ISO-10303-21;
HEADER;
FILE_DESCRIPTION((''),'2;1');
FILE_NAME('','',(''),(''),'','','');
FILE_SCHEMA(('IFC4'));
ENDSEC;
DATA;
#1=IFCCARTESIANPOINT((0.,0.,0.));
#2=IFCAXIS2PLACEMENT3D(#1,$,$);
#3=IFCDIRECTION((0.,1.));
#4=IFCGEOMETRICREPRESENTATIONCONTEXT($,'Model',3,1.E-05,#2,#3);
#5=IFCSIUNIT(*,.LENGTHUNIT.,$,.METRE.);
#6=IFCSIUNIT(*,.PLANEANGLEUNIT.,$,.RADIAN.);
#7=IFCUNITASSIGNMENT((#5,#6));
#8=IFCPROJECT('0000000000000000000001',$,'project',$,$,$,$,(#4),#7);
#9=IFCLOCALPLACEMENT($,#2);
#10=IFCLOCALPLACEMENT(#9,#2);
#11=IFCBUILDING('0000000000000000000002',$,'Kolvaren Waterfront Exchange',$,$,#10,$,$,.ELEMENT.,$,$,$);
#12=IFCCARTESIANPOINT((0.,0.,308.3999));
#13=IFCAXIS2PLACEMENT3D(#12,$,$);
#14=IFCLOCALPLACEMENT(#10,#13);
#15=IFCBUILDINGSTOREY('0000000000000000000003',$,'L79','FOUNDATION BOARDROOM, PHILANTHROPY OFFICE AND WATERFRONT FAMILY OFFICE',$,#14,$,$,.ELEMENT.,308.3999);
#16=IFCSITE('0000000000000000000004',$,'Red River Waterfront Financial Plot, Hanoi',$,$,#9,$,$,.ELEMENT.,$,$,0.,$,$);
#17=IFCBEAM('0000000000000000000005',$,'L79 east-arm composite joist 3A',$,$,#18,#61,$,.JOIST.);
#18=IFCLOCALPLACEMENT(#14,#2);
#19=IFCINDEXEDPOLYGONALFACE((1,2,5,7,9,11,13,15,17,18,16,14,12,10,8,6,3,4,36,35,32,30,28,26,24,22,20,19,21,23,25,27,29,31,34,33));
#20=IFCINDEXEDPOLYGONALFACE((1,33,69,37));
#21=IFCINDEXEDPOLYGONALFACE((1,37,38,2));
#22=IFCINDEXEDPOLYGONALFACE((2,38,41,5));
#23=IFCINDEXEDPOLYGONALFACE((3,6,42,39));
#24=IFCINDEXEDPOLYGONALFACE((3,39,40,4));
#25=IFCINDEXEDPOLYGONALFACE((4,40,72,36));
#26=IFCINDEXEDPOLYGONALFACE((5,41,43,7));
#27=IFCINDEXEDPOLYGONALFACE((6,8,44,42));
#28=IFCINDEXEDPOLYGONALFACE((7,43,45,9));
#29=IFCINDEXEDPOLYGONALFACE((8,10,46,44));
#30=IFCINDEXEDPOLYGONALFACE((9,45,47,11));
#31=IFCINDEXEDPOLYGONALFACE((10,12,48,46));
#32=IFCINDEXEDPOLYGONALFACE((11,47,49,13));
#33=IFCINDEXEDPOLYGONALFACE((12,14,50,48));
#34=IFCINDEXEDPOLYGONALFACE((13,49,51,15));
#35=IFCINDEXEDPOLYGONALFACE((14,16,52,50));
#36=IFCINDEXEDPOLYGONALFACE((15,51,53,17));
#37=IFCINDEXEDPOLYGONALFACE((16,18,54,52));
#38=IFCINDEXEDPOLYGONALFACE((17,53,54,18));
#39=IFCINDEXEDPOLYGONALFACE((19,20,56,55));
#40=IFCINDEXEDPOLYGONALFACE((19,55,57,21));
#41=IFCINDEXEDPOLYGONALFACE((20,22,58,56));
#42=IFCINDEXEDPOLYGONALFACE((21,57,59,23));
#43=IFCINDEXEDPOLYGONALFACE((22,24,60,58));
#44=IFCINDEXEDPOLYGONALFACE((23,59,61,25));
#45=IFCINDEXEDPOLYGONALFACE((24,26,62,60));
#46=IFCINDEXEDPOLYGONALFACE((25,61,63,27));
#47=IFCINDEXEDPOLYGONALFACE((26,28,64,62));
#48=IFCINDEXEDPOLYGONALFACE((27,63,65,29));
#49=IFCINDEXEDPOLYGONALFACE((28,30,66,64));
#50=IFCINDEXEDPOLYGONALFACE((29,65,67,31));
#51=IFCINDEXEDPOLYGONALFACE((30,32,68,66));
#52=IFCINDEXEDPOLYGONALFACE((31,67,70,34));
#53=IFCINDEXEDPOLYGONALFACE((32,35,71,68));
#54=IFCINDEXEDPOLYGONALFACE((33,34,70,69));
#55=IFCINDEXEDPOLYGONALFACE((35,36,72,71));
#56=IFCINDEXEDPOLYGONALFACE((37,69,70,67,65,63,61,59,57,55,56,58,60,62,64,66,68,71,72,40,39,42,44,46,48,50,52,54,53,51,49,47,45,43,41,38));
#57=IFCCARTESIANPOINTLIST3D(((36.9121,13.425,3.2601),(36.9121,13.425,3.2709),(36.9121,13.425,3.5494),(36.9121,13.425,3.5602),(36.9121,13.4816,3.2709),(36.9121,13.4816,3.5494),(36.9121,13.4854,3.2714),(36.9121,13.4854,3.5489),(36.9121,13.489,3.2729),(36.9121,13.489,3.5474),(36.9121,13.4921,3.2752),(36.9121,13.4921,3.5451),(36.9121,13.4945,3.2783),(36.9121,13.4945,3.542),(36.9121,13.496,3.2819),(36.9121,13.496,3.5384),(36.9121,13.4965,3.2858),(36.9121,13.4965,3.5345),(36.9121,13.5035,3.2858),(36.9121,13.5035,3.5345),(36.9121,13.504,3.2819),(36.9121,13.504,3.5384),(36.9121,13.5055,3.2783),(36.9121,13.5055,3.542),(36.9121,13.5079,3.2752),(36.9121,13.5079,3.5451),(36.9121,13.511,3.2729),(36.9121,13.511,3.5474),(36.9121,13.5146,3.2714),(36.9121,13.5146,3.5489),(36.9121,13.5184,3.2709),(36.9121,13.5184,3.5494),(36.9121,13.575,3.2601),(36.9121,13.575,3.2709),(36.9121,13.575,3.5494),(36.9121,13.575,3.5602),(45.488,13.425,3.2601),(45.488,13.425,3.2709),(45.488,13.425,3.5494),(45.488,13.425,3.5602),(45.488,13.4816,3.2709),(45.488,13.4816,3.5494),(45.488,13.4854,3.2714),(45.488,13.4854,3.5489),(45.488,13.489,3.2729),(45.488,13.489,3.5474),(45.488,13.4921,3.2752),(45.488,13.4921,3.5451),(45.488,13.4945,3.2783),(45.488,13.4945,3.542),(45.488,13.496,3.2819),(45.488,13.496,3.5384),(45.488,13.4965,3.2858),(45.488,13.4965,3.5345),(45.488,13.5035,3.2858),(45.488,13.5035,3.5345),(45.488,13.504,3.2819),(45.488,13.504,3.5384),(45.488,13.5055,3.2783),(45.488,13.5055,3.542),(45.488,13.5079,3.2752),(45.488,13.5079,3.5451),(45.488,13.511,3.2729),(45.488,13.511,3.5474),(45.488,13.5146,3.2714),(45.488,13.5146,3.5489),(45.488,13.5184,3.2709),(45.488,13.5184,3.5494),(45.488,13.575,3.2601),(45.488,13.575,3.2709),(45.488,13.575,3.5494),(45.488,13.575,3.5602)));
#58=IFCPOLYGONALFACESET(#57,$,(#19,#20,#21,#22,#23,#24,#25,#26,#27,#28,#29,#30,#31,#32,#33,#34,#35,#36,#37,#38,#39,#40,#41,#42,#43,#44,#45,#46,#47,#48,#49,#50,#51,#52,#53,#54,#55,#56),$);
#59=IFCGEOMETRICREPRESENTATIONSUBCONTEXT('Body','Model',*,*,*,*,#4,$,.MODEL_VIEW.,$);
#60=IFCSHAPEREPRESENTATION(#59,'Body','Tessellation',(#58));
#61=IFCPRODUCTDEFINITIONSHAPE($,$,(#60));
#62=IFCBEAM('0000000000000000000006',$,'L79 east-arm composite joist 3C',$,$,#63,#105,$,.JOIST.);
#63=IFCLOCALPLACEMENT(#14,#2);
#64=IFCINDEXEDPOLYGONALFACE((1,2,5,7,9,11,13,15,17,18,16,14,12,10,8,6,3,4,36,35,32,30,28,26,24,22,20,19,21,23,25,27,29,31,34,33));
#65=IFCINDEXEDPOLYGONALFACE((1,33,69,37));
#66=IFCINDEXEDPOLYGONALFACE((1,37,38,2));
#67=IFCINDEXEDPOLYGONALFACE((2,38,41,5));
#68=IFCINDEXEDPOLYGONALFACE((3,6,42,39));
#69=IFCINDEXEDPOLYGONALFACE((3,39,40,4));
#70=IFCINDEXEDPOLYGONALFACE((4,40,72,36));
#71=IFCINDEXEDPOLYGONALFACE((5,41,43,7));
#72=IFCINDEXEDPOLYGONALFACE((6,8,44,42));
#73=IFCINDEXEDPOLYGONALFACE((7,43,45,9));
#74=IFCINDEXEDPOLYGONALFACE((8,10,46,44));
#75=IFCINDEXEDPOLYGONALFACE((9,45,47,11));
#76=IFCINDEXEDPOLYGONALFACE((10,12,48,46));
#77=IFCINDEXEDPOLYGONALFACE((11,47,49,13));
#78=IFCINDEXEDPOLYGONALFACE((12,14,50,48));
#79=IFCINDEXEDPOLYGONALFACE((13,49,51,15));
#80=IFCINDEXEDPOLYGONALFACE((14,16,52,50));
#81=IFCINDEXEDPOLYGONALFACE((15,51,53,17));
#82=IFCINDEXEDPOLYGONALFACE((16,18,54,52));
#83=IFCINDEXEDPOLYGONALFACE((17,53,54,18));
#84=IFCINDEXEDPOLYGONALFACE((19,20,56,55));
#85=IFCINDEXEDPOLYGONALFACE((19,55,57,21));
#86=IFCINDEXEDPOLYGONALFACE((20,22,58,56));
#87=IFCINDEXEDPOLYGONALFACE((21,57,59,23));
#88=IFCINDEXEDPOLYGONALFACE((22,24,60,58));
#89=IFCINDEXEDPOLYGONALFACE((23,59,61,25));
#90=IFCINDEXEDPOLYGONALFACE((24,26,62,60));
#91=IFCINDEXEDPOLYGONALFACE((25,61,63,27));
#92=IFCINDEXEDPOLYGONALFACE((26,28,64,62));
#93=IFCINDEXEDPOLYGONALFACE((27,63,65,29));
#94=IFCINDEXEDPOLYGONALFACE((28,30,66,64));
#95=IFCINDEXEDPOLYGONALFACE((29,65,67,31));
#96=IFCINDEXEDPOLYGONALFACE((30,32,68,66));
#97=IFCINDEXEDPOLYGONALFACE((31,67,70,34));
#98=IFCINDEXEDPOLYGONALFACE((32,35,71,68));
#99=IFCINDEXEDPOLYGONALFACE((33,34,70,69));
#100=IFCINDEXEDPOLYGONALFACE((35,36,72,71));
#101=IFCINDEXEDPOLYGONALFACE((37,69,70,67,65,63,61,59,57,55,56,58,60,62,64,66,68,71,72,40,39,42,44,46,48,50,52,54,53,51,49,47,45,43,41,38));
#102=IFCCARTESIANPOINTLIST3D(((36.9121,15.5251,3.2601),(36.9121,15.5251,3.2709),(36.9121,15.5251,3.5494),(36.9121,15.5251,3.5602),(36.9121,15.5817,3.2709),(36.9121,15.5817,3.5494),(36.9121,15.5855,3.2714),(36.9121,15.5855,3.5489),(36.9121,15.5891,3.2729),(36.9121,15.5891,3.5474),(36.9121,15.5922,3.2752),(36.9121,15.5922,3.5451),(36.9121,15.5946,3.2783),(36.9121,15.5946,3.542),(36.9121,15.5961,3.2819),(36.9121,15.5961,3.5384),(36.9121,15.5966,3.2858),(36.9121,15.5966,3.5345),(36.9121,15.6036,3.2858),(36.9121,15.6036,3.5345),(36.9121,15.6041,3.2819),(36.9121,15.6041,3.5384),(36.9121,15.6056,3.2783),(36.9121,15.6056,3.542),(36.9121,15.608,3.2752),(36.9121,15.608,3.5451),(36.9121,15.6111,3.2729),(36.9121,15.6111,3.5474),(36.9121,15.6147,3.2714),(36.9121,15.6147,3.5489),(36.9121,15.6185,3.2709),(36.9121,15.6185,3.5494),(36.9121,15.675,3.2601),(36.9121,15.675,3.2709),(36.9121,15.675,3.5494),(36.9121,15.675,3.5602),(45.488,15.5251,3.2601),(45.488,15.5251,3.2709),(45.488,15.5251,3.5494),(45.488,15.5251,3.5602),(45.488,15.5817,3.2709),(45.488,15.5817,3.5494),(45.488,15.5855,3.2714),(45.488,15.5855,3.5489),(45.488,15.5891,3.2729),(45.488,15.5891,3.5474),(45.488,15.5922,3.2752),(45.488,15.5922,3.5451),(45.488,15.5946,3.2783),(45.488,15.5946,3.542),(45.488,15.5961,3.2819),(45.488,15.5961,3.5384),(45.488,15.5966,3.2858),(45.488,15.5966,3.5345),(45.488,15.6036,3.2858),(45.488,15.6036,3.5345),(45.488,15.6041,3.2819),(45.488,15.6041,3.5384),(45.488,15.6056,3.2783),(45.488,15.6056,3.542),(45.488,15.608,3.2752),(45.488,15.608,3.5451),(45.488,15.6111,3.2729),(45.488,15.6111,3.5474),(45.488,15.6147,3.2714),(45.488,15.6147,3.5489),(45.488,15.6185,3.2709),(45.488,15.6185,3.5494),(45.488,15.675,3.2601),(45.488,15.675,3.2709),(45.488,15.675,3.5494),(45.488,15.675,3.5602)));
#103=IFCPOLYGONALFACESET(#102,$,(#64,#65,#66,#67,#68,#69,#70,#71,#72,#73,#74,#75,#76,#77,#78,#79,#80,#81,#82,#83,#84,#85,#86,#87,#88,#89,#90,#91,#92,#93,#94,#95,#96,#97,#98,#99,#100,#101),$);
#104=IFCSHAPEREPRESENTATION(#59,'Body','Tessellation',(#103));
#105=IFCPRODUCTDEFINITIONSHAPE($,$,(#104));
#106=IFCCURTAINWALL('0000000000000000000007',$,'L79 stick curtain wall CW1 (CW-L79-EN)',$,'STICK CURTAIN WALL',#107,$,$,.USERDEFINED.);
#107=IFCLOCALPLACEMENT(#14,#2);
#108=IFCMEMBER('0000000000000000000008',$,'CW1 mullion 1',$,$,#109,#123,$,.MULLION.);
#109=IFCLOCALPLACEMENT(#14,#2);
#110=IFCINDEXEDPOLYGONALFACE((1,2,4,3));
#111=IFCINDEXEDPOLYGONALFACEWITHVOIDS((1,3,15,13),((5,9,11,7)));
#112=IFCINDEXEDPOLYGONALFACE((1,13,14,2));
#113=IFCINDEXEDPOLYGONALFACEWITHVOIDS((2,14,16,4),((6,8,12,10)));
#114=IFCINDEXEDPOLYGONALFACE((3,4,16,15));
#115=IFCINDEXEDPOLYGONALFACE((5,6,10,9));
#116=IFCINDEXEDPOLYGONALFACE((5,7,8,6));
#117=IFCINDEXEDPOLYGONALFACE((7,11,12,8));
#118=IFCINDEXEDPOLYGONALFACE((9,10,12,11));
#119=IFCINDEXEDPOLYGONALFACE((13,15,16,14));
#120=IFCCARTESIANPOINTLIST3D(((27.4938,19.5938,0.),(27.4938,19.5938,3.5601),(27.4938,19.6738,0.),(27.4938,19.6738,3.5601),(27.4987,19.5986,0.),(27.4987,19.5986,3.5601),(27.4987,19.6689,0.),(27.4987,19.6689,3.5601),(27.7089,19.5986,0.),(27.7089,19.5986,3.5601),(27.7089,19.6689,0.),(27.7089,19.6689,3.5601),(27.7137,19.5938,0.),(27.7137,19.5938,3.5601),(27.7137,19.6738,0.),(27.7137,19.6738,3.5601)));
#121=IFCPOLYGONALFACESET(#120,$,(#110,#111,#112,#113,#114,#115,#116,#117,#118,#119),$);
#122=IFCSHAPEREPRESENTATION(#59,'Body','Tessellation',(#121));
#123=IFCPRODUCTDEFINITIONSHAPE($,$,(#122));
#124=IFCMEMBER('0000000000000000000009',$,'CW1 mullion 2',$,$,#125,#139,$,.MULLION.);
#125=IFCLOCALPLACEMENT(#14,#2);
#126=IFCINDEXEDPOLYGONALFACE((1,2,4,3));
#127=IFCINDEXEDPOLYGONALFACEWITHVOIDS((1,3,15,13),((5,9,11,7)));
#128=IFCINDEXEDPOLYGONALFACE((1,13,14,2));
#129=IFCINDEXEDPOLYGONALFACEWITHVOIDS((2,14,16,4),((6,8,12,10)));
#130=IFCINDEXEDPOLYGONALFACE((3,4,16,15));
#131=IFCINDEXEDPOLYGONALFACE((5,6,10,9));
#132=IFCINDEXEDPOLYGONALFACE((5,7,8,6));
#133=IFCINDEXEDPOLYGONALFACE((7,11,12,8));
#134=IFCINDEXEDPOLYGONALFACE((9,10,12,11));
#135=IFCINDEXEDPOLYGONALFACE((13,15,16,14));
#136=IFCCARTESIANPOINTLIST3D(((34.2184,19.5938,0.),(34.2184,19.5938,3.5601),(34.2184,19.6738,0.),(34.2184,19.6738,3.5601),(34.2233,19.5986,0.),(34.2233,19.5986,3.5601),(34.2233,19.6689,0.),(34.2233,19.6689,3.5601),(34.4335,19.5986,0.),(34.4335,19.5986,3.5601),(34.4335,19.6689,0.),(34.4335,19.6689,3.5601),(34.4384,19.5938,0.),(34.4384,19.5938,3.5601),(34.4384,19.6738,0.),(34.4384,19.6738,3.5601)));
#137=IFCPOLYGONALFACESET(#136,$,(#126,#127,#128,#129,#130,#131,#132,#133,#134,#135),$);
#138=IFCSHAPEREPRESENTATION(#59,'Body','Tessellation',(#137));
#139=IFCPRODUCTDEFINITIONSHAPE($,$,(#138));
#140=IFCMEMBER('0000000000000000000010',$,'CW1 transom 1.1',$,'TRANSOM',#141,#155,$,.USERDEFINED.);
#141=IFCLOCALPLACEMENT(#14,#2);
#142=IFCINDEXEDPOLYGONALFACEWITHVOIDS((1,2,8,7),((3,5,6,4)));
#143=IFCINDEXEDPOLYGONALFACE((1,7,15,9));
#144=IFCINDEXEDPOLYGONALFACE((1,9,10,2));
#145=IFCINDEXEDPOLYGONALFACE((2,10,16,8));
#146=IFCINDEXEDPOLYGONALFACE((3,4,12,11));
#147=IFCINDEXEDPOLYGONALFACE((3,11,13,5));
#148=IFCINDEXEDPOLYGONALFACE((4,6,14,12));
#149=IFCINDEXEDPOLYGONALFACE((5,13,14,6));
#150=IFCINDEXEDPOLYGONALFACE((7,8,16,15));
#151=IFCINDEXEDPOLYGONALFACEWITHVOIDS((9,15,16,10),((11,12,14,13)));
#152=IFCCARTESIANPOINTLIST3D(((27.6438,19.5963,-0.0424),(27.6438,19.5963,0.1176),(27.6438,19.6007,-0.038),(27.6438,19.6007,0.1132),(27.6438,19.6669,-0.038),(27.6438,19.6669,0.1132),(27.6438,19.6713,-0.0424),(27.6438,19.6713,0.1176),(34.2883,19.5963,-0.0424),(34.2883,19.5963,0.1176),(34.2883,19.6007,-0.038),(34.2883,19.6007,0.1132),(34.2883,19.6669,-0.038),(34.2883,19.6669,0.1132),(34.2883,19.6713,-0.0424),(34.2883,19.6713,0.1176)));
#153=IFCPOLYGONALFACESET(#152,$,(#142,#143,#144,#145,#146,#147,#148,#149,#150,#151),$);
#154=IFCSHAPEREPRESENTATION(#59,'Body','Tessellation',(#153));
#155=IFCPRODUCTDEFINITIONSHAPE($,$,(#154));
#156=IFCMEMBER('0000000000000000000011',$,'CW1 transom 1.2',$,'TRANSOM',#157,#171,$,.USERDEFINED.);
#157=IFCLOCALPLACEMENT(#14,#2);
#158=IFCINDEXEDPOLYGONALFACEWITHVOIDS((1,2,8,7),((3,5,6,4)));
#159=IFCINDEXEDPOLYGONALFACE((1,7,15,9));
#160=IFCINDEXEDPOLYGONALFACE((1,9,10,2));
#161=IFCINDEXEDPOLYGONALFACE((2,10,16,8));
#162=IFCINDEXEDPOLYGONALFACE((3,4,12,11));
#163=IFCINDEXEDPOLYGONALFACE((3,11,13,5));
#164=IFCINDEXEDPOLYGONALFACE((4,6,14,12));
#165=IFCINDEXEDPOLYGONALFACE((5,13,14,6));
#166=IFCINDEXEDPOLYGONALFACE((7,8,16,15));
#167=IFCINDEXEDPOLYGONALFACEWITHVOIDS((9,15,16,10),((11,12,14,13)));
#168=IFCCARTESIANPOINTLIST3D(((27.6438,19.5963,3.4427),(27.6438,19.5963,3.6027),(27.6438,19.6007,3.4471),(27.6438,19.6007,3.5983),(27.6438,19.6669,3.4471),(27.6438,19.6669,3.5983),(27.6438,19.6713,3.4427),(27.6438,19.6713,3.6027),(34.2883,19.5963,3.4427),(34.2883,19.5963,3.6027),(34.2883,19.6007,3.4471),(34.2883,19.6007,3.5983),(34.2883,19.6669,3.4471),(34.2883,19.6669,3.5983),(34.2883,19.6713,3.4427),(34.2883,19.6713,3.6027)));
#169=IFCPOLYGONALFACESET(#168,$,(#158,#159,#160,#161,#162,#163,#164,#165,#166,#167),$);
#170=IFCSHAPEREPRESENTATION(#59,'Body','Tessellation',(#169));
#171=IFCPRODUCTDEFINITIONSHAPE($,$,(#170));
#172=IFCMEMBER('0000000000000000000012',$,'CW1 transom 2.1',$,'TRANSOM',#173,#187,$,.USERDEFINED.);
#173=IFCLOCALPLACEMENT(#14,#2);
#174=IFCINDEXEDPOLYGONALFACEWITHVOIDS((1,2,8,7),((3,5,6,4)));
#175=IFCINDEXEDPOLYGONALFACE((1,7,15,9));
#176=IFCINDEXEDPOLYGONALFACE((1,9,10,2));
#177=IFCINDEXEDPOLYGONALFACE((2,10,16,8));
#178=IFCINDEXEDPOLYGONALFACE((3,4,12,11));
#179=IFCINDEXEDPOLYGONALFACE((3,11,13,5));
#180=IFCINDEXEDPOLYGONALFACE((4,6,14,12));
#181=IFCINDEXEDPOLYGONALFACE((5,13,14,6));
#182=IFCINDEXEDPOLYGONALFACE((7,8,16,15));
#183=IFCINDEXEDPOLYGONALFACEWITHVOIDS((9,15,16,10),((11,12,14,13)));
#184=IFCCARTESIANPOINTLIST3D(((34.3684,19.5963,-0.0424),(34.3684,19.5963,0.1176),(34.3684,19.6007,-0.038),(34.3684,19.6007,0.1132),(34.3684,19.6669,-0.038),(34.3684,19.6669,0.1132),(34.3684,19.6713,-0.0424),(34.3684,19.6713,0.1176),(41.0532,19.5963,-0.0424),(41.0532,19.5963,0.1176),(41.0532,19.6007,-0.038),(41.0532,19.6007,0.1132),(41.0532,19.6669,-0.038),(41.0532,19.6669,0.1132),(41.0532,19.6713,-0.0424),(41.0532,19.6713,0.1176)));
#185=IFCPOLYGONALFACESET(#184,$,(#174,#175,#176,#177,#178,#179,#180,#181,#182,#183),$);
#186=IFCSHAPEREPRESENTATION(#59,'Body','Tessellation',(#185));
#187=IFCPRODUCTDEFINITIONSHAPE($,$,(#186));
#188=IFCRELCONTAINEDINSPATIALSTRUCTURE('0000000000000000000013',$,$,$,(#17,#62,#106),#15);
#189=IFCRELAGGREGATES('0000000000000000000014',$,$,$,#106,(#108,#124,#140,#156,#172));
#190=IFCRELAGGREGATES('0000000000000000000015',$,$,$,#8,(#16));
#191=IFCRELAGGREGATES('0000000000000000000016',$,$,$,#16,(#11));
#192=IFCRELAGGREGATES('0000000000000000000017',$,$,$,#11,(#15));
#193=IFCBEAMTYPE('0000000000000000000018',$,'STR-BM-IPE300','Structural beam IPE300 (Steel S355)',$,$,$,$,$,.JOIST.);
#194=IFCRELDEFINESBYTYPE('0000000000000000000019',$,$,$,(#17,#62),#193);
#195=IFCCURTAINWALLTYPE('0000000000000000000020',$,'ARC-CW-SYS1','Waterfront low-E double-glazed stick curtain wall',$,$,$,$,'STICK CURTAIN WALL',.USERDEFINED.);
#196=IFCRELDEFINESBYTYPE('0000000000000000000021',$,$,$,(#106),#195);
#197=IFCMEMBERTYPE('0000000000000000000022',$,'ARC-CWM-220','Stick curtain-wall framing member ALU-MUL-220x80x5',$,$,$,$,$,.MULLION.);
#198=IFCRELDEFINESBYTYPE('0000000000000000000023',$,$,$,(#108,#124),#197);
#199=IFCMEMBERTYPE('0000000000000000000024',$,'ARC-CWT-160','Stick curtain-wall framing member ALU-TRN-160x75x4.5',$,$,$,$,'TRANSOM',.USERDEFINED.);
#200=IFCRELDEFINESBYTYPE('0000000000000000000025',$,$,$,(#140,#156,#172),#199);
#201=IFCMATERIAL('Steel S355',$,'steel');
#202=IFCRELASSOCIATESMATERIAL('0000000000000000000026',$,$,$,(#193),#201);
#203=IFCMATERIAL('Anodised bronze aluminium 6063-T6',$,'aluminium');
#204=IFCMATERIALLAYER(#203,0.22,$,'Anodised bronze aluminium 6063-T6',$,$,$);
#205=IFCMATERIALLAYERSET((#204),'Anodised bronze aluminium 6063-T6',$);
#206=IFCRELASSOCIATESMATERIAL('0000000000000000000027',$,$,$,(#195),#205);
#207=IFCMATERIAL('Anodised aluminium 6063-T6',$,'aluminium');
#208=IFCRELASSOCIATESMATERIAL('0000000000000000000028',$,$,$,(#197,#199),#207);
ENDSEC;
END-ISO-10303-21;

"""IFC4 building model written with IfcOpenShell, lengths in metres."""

from ifc_helpers import new_model, si_unit, direction, frame, origin, origin_with_axes, origin_2d, place, context, subcontext, project, spatial, hollow_rectangle, i_section, extrude, source, transform, mapped, material, layer, layer_set, material_profile, profile_set, type_object, element, aggregate, save


model = new_model("IFC4")

# Units and contexts
model_context = context("Model", 3, precision=1e-05, world=origin(), true_north=direction((0.0, 1.0)))
body_context = subcontext(model_context, "Body", "Model", "MODEL_VIEW")
ifc_project = project(units=[si_unit("LENGTHUNIT", "METRE"), si_unit("PLANEANGLEUNIT", "RADIAN")], contexts=[model_context])

# Site, building, storey
site_placement = place(None, origin())
site = spatial("IfcSite", under=ifc_project, at=site_placement, Name="Red River Waterfront Financial Plot, Hanoi", CompositionType="ELEMENT", RefElevation=0.0)
building_placement = place(site_placement, origin())
building = spatial("IfcBuilding", under=site, at=building_placement, Name="Kolvaren Waterfront Exchange", CompositionType="ELEMENT")
storey_placement = place(building_placement, frame((0.0, 0.0, 308.3999)))
storey = spatial("IfcBuildingStorey", under=building, at=storey_placement, Name="L79", Description="FOUNDATION BOARDROOM, PHILANTHROPY OFFICE AND WATERFRONT FAMILY OFFICE", CompositionType="ELEMENT", Elevation=308.3999)

# Beams
ifc_material_1 = material(Name="Steel S355", Category="steel")
ifc_material_profile_1 = material_profile(ifc_material_1, i_section(OverallWidth=0.1499, OverallDepth=0.3, WebThickness=0.0071, FlangeThickness=0.0107, FilletRadius=0.0149, at=origin_2d()), Name="IPE300")
ifc_profile_set_1 = profile_set([ifc_material_profile_1], Name="Steel S355")
beam_type_1 = type_object("IfcBeamType", Name="STR-BM-IPE300", Description="Structural beam IPE300 (Steel S355)", PredefinedType="JOIST", material=ifc_profile_set_1)
for number, where, z_axis, x_axis, name in (
    (1, (36.9121, 13.5, 3.4102), (1.0, 0.0, 0.0), (0.0, 1.0, 0.0), "L79 east-arm composite joist 3A"),
    (2, (36.9121, 15.6001, 3.4102), (1.0, 0.0, 0.0), (0.0, 1.0, 0.0), "L79 east-arm composite joist 3C"),
):
    element("IfcBeam", number, at=place(storey_placement, frame(where, z_axis=z_axis, x_axis=x_axis)), inside=storey, type_object=beam_type_1, Name=name, PredefinedType="JOIST", context=body_context, shape_type="SweptSolid", body=[
        extrude(i_section(OverallWidth=0.1499, OverallDepth=0.3, WebThickness=0.0071, FlangeThickness=0.0107, FilletRadius=0.0149, at=origin_2d()), origin(), (0.0, 0.0, 1.0), 8.5759),
    ])

# Curtain wall, members
ifc_material_2 = material(Name="Anodised bronze aluminium 6063-T6", Category="aluminium")
ifc_layer_1 = layer(ifc_material_2, 0.22, Name="Anodised bronze aluminium 6063-T6")
ifc_layer_set_1 = layer_set([ifc_layer_1], Name="Anodised bronze aluminium 6063-T6")
curtain_wall_type = type_object("IfcCurtainWallType", Name="ARC-CW-SYS1", Description="Waterfront low-E double-glazed stick curtain wall", ElementType="STICK CURTAIN WALL", PredefinedType="USERDEFINED", material=ifc_layer_set_1)
curtain_wall_placement = place(storey_placement, origin())
curtain_wall = element("IfcCurtainWall", 3, at=curtain_wall_placement, inside=storey, type_object=curtain_wall_type, Name="L79 stick curtain wall CW1 (CW-L79-EN)", ObjectType="STICK CURTAIN WALL", PredefinedType="USERDEFINED")
ifc_material_3 = material(Name="Anodised aluminium 6063-T6", Category="aluminium")
ifc_material_profile_2 = material_profile(ifc_material_3, hollow_rectangle(XDim=0.0801, YDim=0.22, WallThickness=0.0049, at=origin_2d()), Name="ALU-MUL-220x80x5")
ifc_profile_set_2 = profile_set([ifc_material_profile_2], Name="Anodised aluminium 6063-T6")
member_type_1 = type_object("IfcMemberType", Name="ARC-CWM-220", Description="Stick curtain-wall framing member ALU-MUL-220x80x5", PredefinedType="MULLION", material=ifc_profile_set_2)
shared_shape_1 = source(origin_with_axes(), body_context, "Body", "SweptSolid", [
    extrude(hollow_rectangle(XDim=0.0801, YDim=0.22, WallThickness=0.0049, at=origin_2d()), origin(), (0.0, 0.0, 1.0), 3.5601),
])
member_1_placement = place(storey_placement, frame((27.6038, 19.6338, 0.0), z_axis=(0.0, 0.0, 1.0), x_axis=(0.0, 1.0, 0.0)))
member_1 = element("IfcMember", 4, at=member_1_placement, type_object=member_type_1, Name="CW1 mullion 1", PredefinedType="MULLION", context=body_context, shape_type="MappedRepresentation", body=[
    mapped(shared_shape_1, transform((0.0, 0.0, 0.0), x_axis=(1.0, 0.0, 0.0), y_axis=(0.0, 1.0, 0.0), z_axis=(0.0, 0.0, 1.0), scale=1.0)),
])
member_2_placement = place(storey_placement, frame((34.3284, 19.6338, 0.0), z_axis=(0.0, 0.0, 1.0), x_axis=(0.0, 1.0, 0.0)))
member_2 = element("IfcMember", 5, at=member_2_placement, type_object=member_type_1, Name="CW1 mullion 2", PredefinedType="MULLION", context=body_context, shape_type="MappedRepresentation", body=[
    mapped(shared_shape_1, transform((0.0, 0.0, 0.0), x_axis=(1.0, 0.0, 0.0), y_axis=(0.0, 1.0, 0.0), z_axis=(0.0, 0.0, 1.0), scale=1.0)),
])
ifc_material_profile_3 = material_profile(ifc_material_3, hollow_rectangle(XDim=0.075, YDim=0.1599, WallThickness=0.0044, at=origin_2d()), Name="ALU-TRN-160x75x4.5")
ifc_profile_set_3 = profile_set([ifc_material_profile_3], Name="Anodised aluminium 6063-T6")
member_type_2 = type_object("IfcMemberType", Name="ARC-CWT-160", Description="Stick curtain-wall framing member ALU-TRN-160x75x4.5", ElementType="TRANSOM", PredefinedType="USERDEFINED", material=ifc_profile_set_3)
shared_shape_2 = source(origin_with_axes(), body_context, "Body", "SweptSolid", [
    extrude(hollow_rectangle(XDim=0.075, YDim=0.1599, WallThickness=0.0044, at=origin_2d()), origin(), (0.0, 0.0, 1.0), 6.6445),
])
member_3_placement = place(storey_placement, frame((27.6438, 19.6338, 0.0376), z_axis=(1.0, 0.0, 0.0), x_axis=(0.0, 1.0, 0.0)))
member_3 = element("IfcMember", 6, at=member_3_placement, type_object=member_type_2, Name="CW1 transom 1.1", ObjectType="TRANSOM", PredefinedType="USERDEFINED", context=body_context, shape_type="MappedRepresentation", body=[
    mapped(shared_shape_2, transform((0.0, 0.0, 0.0), x_axis=(1.0, 0.0, 0.0), y_axis=(0.0, 1.0, 0.0), z_axis=(0.0, 0.0, 1.0), scale=1.0)),
])
member_4_placement = place(storey_placement, frame((27.6438, 19.6338, 3.5227), z_axis=(1.0, 0.0, 0.0), x_axis=(0.0, 1.0, 0.0)))
member_4 = element("IfcMember", 7, at=member_4_placement, type_object=member_type_2, Name="CW1 transom 1.2", ObjectType="TRANSOM", PredefinedType="USERDEFINED", context=body_context, shape_type="MappedRepresentation", body=[
    mapped(shared_shape_2, transform((0.0, 0.0, 0.0), x_axis=(1.0, 0.0, 0.0), y_axis=(0.0, 1.0, 0.0), z_axis=(0.0, 0.0, 1.0), scale=1.0)),
])
shared_shape_3 = source(origin_with_axes(), body_context, "Body", "SweptSolid", [
    extrude(hollow_rectangle(XDim=0.075, YDim=0.1599, WallThickness=0.0044, at=origin_2d()), origin(), (0.0, 0.0, 1.0), 6.6848),
])
member_5_placement = place(storey_placement, frame((34.3684, 19.6338, 0.0376), z_axis=(1.0, 0.0, 0.0), x_axis=(0.0, 1.0, 0.0)))
member_5 = element("IfcMember", 8, at=member_5_placement, type_object=member_type_2, Name="CW1 transom 2.1", ObjectType="TRANSOM", PredefinedType="USERDEFINED", context=body_context, shape_type="MappedRepresentation", body=[
    mapped(shared_shape_3, transform((0.0, 0.0, 0.0), x_axis=(1.0, 0.0, 0.0), y_axis=(0.0, 1.0, 0.0), z_axis=(0.0, 0.0, 1.0), scale=1.0)),
])
aggregate(curtain_wall, [member_1, member_2, member_3, member_4, member_5])

save(model, "model.ifc")
